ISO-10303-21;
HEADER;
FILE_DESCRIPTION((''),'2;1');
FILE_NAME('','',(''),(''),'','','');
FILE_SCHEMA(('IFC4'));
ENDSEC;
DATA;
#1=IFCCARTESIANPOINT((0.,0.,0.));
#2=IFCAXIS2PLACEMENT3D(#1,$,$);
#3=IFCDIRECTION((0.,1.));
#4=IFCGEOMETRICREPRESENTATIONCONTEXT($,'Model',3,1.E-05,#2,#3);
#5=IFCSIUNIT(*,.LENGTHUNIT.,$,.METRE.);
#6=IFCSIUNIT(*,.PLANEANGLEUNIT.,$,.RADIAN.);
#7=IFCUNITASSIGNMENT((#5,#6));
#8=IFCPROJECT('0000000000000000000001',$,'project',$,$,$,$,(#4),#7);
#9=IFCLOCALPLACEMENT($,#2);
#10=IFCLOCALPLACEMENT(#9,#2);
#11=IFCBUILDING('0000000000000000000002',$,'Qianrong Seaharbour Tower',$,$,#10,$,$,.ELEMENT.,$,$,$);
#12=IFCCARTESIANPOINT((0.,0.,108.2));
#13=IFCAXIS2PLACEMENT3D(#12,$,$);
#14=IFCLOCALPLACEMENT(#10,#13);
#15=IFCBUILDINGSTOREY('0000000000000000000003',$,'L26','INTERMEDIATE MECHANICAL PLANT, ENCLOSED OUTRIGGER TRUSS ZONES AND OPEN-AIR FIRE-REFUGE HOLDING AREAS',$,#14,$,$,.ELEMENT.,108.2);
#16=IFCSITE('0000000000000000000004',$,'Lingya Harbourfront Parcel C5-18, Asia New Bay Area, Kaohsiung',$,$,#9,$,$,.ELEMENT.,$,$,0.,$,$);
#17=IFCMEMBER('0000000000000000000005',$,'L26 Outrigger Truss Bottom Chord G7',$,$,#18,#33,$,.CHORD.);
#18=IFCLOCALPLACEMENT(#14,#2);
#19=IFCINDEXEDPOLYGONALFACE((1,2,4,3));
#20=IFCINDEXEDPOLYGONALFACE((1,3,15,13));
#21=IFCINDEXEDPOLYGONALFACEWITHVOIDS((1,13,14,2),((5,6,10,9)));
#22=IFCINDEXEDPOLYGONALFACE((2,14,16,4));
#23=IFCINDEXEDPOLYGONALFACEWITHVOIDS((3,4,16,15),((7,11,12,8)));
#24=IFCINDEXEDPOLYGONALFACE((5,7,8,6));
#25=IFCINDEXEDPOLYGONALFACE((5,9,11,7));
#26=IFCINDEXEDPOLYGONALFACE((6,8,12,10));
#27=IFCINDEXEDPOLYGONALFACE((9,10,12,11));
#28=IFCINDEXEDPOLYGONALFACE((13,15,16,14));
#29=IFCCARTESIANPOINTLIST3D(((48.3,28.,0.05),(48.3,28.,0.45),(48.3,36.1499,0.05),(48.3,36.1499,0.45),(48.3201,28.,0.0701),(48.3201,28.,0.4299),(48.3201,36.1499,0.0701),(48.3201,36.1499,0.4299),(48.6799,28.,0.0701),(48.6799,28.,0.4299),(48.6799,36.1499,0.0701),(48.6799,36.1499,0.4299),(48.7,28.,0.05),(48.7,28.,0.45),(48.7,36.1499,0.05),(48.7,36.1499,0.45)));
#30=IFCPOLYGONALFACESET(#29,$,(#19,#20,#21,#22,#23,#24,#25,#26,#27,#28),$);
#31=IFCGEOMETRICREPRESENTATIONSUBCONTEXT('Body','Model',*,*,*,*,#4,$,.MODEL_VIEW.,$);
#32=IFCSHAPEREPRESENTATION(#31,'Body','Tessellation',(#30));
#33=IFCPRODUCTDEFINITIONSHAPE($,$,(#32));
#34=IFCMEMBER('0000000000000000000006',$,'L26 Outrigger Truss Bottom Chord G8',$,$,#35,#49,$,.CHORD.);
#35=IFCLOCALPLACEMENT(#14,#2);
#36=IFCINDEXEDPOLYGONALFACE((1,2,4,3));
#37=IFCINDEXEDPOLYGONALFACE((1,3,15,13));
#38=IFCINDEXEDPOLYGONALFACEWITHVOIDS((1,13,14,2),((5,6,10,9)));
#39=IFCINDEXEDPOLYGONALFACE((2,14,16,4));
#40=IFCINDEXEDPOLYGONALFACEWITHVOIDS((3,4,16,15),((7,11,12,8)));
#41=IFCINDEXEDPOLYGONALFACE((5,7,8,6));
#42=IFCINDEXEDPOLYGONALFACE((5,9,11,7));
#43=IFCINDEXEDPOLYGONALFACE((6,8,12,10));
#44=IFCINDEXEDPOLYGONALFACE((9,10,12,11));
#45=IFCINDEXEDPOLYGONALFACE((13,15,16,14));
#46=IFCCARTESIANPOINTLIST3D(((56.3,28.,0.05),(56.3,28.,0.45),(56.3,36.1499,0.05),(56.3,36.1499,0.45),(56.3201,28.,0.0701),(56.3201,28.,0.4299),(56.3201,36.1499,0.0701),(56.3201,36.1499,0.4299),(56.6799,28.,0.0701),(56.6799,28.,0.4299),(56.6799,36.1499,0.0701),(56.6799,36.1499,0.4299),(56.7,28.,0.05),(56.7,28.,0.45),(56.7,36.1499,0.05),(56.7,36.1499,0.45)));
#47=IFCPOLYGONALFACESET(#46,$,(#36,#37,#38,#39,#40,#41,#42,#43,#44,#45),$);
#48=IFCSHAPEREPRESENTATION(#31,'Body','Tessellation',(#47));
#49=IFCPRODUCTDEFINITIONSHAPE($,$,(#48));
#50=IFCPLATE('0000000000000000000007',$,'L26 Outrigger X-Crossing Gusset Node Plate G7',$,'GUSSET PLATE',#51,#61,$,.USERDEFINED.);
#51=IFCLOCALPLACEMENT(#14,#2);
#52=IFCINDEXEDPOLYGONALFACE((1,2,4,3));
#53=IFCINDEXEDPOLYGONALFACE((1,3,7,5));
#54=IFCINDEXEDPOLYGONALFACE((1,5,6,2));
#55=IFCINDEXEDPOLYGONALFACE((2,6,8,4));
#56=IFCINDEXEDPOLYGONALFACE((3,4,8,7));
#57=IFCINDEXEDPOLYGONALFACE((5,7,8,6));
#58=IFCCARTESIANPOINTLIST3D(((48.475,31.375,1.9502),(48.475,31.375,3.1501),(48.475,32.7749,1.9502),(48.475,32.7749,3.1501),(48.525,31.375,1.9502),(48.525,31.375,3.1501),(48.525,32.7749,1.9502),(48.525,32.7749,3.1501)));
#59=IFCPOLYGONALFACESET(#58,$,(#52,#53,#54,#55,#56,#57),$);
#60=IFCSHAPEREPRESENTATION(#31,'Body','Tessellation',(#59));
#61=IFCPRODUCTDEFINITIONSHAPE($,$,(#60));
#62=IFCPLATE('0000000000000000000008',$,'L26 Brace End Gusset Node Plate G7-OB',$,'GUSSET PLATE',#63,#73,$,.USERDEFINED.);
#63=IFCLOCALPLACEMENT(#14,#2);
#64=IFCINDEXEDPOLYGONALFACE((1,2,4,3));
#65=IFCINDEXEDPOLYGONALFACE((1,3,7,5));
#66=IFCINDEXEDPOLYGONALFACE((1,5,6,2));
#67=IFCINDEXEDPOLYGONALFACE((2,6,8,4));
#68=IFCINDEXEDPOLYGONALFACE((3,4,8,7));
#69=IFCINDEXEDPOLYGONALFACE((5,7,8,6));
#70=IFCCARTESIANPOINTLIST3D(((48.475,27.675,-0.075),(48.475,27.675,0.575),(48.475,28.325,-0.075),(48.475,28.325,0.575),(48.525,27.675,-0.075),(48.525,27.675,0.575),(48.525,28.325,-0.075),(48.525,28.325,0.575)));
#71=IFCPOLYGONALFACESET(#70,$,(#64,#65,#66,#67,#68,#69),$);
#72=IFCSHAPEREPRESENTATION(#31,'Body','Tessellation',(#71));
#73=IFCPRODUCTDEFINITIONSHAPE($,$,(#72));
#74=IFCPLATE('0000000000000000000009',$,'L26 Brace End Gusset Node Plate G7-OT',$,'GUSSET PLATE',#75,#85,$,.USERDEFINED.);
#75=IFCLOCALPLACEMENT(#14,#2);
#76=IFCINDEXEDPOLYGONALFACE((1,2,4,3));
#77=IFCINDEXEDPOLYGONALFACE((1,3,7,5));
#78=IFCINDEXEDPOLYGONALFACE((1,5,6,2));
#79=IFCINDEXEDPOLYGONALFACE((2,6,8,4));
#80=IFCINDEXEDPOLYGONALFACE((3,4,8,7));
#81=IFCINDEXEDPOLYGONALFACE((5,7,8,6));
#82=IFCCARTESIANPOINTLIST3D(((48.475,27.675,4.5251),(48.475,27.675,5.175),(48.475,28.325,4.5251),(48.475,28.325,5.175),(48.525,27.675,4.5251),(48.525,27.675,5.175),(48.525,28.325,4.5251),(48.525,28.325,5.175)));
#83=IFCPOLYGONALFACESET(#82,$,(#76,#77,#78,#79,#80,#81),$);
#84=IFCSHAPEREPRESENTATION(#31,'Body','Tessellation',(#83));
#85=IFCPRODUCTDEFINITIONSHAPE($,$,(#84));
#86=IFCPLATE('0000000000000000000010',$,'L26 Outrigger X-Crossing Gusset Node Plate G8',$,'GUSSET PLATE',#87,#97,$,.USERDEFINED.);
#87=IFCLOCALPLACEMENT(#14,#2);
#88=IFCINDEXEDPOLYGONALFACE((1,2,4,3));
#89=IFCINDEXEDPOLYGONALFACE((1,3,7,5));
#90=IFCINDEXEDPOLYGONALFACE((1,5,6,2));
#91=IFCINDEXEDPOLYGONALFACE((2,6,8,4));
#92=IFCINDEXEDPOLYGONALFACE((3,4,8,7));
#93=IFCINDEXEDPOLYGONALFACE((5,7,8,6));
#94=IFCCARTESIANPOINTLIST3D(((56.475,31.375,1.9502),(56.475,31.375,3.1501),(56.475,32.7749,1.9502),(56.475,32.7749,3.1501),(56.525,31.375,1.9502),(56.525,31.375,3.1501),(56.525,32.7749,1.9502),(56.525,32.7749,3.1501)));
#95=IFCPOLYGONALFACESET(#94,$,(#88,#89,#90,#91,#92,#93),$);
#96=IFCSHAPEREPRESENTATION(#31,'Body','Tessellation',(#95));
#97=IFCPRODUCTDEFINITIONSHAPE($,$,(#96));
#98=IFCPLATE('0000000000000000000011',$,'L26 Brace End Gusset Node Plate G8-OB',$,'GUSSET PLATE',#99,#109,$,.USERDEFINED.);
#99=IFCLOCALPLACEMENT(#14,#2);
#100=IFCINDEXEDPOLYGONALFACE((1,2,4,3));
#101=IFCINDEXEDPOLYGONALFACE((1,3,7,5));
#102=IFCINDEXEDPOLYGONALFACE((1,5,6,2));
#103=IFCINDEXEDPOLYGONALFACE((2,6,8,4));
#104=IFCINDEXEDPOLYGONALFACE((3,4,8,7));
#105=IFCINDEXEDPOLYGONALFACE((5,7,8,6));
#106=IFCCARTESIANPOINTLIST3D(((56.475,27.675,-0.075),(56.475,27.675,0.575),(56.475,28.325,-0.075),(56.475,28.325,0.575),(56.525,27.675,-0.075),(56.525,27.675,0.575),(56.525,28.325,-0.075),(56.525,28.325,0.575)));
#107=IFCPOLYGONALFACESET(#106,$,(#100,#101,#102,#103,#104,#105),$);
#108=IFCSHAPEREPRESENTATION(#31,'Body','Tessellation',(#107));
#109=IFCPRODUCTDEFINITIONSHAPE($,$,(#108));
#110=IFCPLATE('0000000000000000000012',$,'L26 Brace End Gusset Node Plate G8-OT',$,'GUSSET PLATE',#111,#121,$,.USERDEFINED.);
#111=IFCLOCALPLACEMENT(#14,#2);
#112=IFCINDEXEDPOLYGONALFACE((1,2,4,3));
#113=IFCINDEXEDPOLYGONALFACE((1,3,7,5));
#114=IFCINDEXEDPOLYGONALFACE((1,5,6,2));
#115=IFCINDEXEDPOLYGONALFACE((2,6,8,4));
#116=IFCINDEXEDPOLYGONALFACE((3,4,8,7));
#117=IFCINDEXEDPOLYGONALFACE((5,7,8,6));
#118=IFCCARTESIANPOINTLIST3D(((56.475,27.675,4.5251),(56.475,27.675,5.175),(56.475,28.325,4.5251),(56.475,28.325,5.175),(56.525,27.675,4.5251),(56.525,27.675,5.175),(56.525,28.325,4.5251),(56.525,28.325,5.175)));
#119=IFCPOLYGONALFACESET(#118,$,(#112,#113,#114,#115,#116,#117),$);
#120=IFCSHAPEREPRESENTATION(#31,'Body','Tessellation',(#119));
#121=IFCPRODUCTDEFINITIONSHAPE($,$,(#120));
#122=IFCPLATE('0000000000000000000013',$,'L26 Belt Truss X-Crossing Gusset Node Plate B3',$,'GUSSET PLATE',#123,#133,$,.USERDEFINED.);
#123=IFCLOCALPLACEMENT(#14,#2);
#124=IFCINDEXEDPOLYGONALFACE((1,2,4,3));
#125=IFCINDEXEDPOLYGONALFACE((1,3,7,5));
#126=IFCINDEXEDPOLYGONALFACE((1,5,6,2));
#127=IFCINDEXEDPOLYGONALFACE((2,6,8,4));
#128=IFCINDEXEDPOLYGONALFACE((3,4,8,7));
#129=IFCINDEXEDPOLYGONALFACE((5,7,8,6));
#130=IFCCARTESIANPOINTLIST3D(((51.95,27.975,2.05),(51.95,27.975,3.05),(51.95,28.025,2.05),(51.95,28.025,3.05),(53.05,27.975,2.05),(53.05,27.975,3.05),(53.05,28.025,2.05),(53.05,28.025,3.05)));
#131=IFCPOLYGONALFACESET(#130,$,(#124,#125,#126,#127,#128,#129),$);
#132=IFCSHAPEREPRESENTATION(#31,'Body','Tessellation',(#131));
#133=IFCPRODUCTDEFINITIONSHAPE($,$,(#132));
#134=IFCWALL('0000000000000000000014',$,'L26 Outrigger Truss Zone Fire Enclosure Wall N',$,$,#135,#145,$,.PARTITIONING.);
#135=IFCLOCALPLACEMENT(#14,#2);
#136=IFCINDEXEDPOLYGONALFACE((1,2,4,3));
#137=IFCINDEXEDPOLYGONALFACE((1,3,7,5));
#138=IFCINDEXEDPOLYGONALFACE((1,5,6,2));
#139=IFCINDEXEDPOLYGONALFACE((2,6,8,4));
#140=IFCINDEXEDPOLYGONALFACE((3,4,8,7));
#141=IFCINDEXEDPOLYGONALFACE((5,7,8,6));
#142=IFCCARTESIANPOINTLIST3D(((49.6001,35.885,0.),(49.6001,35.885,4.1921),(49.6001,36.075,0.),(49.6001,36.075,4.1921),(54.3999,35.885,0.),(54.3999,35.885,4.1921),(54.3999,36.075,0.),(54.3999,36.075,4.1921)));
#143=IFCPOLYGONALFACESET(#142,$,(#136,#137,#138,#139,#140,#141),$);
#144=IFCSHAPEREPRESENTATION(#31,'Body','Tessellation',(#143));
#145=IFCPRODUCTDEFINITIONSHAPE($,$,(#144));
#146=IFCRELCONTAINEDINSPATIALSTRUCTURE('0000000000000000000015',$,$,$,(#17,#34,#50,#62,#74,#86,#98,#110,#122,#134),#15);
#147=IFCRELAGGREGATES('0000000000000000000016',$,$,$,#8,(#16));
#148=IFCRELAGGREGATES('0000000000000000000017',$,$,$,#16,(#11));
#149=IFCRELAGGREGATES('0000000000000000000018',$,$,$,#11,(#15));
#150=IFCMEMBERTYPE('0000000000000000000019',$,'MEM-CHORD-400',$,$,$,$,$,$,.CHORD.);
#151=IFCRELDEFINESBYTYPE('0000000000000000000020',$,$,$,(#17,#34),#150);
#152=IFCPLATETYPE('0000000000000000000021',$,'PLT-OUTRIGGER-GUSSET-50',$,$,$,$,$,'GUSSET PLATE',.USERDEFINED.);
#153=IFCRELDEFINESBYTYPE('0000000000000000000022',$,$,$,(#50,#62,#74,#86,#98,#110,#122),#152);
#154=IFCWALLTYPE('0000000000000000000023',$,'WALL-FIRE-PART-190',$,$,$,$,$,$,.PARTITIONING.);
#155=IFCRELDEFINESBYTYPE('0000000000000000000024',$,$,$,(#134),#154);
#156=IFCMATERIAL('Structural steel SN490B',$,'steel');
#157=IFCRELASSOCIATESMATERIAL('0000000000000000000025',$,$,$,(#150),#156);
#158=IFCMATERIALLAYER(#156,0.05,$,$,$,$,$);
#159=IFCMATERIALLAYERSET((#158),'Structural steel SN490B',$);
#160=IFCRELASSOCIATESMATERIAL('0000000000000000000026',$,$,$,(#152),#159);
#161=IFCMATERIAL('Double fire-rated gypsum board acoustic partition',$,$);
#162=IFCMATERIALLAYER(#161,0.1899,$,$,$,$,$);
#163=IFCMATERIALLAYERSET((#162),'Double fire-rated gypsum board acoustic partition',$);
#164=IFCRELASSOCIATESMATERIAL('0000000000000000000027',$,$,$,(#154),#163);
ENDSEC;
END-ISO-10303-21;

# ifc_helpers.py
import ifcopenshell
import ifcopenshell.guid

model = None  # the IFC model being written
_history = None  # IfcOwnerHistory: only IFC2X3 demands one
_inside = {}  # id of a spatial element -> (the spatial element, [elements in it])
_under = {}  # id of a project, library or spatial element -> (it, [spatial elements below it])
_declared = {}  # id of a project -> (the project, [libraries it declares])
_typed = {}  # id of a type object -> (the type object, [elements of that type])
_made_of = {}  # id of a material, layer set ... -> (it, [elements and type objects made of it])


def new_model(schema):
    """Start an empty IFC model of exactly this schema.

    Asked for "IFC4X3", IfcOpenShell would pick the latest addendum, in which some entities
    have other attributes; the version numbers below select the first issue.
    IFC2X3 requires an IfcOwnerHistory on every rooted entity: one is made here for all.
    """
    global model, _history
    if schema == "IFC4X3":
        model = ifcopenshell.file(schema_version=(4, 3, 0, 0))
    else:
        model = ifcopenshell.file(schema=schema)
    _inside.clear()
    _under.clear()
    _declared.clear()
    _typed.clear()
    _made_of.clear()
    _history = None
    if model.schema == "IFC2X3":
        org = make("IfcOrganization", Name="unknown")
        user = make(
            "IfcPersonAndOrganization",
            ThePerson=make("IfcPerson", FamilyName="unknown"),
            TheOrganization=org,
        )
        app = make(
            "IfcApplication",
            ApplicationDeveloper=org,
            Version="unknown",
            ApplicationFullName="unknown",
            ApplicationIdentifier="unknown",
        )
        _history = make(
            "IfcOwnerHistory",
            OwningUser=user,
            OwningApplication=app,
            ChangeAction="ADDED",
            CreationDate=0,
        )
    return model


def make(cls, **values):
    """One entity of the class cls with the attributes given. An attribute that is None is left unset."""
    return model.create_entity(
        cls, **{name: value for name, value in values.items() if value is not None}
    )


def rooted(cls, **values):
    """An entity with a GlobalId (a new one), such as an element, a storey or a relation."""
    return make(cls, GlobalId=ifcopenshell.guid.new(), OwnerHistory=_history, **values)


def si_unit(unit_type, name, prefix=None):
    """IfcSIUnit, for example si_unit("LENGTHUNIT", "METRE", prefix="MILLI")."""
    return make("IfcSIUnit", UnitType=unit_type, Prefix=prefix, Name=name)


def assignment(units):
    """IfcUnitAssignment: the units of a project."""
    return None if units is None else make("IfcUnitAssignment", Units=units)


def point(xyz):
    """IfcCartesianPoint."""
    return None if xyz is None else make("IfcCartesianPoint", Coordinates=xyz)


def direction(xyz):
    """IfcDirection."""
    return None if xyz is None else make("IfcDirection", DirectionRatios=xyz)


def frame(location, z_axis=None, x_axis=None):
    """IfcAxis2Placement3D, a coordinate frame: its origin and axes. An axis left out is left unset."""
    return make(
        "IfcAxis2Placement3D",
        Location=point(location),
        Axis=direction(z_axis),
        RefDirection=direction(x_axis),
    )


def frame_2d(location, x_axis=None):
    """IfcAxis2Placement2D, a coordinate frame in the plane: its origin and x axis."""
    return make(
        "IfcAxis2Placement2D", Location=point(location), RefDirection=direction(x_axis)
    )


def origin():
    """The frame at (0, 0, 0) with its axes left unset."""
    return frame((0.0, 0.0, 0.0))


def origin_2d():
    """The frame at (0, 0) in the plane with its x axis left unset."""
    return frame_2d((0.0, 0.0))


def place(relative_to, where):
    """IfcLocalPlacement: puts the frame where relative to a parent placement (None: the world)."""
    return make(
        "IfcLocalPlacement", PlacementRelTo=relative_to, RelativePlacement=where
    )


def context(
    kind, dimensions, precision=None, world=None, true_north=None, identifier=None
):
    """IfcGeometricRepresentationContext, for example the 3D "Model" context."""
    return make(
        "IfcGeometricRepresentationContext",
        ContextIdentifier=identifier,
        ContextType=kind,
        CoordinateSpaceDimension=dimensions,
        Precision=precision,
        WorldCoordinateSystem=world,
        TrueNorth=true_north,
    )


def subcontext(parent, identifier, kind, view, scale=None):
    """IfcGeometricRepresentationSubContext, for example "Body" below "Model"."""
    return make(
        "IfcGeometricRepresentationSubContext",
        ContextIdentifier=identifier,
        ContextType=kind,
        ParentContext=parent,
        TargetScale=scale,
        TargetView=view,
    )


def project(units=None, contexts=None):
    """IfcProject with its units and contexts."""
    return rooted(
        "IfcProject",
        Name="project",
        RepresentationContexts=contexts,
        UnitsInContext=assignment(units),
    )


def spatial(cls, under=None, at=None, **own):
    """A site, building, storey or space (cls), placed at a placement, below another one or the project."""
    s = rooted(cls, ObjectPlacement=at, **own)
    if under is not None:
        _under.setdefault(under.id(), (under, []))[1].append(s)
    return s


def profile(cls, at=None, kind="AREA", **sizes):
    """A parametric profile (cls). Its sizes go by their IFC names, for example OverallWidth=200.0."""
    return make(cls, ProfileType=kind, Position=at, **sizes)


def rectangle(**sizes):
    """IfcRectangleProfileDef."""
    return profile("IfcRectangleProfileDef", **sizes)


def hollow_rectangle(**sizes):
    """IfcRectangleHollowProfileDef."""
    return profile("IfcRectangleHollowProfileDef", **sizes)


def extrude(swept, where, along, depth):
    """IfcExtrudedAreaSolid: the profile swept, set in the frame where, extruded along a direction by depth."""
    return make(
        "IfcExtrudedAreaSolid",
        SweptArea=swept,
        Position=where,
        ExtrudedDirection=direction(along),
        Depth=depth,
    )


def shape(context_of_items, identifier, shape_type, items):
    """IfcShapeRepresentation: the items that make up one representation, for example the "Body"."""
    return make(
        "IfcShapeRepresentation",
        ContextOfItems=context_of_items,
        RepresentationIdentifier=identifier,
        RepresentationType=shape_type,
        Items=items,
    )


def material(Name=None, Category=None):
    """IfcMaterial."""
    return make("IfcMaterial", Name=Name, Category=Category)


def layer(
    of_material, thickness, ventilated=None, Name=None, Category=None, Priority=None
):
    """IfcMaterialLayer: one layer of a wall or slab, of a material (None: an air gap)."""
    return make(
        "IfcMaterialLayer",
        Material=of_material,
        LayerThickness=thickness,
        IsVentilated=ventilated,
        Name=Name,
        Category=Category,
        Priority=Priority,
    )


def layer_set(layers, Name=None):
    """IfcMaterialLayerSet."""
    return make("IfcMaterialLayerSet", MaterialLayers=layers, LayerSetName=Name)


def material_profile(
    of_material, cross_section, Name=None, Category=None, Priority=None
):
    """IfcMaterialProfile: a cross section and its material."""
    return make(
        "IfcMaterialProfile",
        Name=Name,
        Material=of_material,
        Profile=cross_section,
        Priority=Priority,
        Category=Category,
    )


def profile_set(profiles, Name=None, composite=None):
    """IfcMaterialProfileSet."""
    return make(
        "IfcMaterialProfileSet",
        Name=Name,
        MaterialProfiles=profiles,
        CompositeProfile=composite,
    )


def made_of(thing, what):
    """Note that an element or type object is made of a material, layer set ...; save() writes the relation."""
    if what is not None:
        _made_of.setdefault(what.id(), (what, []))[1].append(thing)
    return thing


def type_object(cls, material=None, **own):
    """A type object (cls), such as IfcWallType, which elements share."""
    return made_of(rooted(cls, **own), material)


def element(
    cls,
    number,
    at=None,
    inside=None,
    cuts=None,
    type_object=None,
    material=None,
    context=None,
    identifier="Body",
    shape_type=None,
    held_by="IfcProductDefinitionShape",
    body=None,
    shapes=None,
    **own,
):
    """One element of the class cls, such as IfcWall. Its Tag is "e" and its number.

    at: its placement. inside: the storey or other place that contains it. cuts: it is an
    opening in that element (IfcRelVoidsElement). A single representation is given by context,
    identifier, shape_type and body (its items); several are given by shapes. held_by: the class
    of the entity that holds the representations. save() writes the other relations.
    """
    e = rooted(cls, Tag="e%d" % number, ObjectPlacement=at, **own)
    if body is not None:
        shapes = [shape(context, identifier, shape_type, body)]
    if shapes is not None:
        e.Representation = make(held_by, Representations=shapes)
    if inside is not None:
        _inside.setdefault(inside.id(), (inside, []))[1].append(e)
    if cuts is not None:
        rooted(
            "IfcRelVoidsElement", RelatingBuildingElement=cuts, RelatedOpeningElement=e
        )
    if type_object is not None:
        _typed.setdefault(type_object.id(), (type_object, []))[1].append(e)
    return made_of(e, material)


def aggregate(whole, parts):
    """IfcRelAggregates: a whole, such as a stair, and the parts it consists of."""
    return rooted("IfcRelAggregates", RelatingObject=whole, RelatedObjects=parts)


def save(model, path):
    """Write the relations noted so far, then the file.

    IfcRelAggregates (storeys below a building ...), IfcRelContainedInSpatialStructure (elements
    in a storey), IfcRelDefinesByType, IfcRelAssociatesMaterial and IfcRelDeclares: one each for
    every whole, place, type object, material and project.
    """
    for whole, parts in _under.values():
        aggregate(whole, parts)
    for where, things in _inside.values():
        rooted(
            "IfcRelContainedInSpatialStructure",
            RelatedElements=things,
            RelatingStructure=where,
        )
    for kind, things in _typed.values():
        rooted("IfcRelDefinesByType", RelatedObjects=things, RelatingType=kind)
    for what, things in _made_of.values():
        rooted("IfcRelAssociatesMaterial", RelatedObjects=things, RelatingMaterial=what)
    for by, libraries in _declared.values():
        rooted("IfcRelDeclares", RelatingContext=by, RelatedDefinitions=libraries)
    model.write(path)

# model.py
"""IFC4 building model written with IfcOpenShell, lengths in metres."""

from ifc_helpers import new_model, si_unit, direction, frame, frame_2d, origin, origin_2d, place, context, subcontext, project, spatial, rectangle, hollow_rectangle, extrude, material, layer, layer_set, material_profile, profile_set, type_object, element, save


model = new_model("IFC4")

# Units and contexts
model_context = context("Model", 3, precision=1e-05, world=origin(), true_north=direction((0.0, 1.0)))
body_context = subcontext(model_context, "Body", "Model", "MODEL_VIEW")
ifc_project = project(units=[si_unit("LENGTHUNIT", "METRE"), si_unit("PLANEANGLEUNIT", "RADIAN")], contexts=[model_context])

# Site, building, storey
site_placement = place(None, origin())
site = spatial("IfcSite", under=ifc_project, at=site_placement, Name="Lingya Harbourfront Parcel C5-18, Asia New Bay Area, Kaohsiung", CompositionType="ELEMENT", RefElevation=0.0)
building_placement = place(site_placement, origin())
building = spatial("IfcBuilding", under=site, at=building_placement, Name="Qianrong Seaharbour Tower", CompositionType="ELEMENT")
storey_placement = place(building_placement, frame((0.0, 0.0, 108.2)))
storey = spatial("IfcBuildingStorey", under=building, at=storey_placement, Name="L26", Description="INTERMEDIATE MECHANICAL PLANT, ENCLOSED OUTRIGGER TRUSS ZONES AND OPEN-AIR FIRE-REFUGE HOLDING AREAS", CompositionType="ELEMENT", Elevation=108.2)

# Shared definitions
ifc_material_1 = material(Name="Structural steel SN490B", Category="steel")

# Members
ifc_material_profile_1 = material_profile(ifc_material_1, hollow_rectangle(XDim=0.3999, YDim=0.3999, WallThickness=0.02, at=origin_2d()), Name="SHS400x400x20")
ifc_profile_set_1 = profile_set([ifc_material_profile_1], Name="Structural steel SN490B")
member_type_1 = type_object("IfcMemberType", Name="MEM-CHORD-400", PredefinedType="CHORD", material=ifc_profile_set_1)
for number, where, z_axis, x_axis, name in (
    (1, (48.5, 28.0, 0.25), (0.0, 1.0, 0.0), (-1.0, 0.0, 0.0), "L26 Outrigger Truss Bottom Chord G7"),
    (2, (56.5, 28.0, 0.25), (0.0, 1.0, 0.0), (-1.0, 0.0, 0.0), "L26 Outrigger Truss Bottom Chord G8"),
):
    element("IfcMember", number, at=place(storey_placement, frame(where, z_axis=z_axis, x_axis=x_axis)), inside=storey, type_object=member_type_1, Name=name, PredefinedType="CHORD", context=body_context, shape_type="SweptSolid", body=[
        extrude(hollow_rectangle(XDim=0.3999, YDim=0.3999, WallThickness=0.02, at=origin_2d()), origin(), (0.0, 0.0, 1.0), 8.1499),
    ])

# Plates
ifc_layer_1 = layer(ifc_material_1, 0.05)
ifc_layer_set_1 = layer_set([ifc_layer_1], Name="Structural steel SN490B")
plate_type = type_object("IfcPlateType", Name="PLT-OUTRIGGER-GUSSET-50", ElementType="GUSSET PLATE", PredefinedType="USERDEFINED", material=ifc_layer_set_1)
plate_1_placement = place(storey_placement, frame((48.5, 32.075, 1.9502), z_axis=(0.0, 0.0, 1.0), x_axis=(1.0, 0.0, 0.0)))
element("IfcPlate", 3, at=plate_1_placement, inside=storey, type_object=plate_type, Name="L26 Outrigger X-Crossing Gusset Node Plate G7", ObjectType="GUSSET PLATE", PredefinedType="USERDEFINED", context=body_context, shape_type="SweptSolid", body=[
    extrude(rectangle(XDim=0.05, YDim=1.3999, at=origin_2d()), origin(), (0.0, 0.0, 1.0), 1.2),
])
for number, where, z_axis, x_axis, name in (
    (4, (48.5, 28.0, -0.075), (0.0, 0.0, 1.0), (1.0, 0.0, 0.0), "L26 Brace End Gusset Node Plate G7-OB"),
    (5, (48.5, 28.0, 4.5251), (0.0, 0.0, 1.0), (1.0, 0.0, 0.0), "L26 Brace End Gusset Node Plate G7-OT"),
):
    element("IfcPlate", number, at=place(storey_placement, frame(where, z_axis=z_axis, x_axis=x_axis)), inside=storey, type_object=plate_type, Name=name, ObjectType="GUSSET PLATE", PredefinedType="USERDEFINED", context=body_context, shape_type="SweptSolid", body=[
        extrude(rectangle(XDim=0.05, YDim=0.6499, at=origin_2d()), origin(), (0.0, 0.0, 1.0), 0.6499),
    ])
plate_2_placement = place(storey_placement, frame((56.5, 32.075, 1.9502), z_axis=(0.0, 0.0, 1.0), x_axis=(1.0, 0.0, 0.0)))
element("IfcPlate", 6, at=plate_2_placement, inside=storey, type_object=plate_type, Name="L26 Outrigger X-Crossing Gusset Node Plate G8", ObjectType="GUSSET PLATE", PredefinedType="USERDEFINED", context=body_context, shape_type="SweptSolid", body=[
    extrude(rectangle(XDim=0.05, YDim=1.3999, at=origin_2d()), origin(), (0.0, 0.0, 1.0), 1.2),
])
for number, where, z_axis, x_axis, name in (
    (7, (56.5, 28.0, -0.075), (0.0, 0.0, 1.0), (1.0, 0.0, 0.0), "L26 Brace End Gusset Node Plate G8-OB"),
    (8, (56.5, 28.0, 4.5251), (0.0, 0.0, 1.0), (1.0, 0.0, 0.0), "L26 Brace End Gusset Node Plate G8-OT"),
):
    element("IfcPlate", number, at=place(storey_placement, frame(where, z_axis=z_axis, x_axis=x_axis)), inside=storey, type_object=plate_type, Name=name, ObjectType="GUSSET PLATE", PredefinedType="USERDEFINED", context=body_context, shape_type="SweptSolid", body=[
        extrude(rectangle(XDim=0.05, YDim=0.6499, at=origin_2d()), origin(), (0.0, 0.0, 1.0), 0.6499),
    ])
plate_3_placement = place(storey_placement, frame((52.5, 28.0, 2.05), z_axis=(0.0, 0.0, 1.0), x_axis=(1.0, 0.0, 0.0)))
element("IfcPlate", 9, at=plate_3_placement, inside=storey, type_object=plate_type, Name="L26 Belt Truss X-Crossing Gusset Node Plate B3", ObjectType="GUSSET PLATE", PredefinedType="USERDEFINED", context=body_context, shape_type="SweptSolid", body=[
    extrude(rectangle(XDim=1.1001, YDim=0.05, at=origin_2d()), origin(), (0.0, 0.0, 1.0), 1.0),
])

# Wall
ifc_material_2 = material(Name="Double fire-rated gypsum board acoustic partition")
ifc_layer_2 = layer(ifc_material_2, 0.1899)
ifc_layer_set_2 = layer_set([ifc_layer_2], Name="Double fire-rated gypsum board acoustic partition")
wall_type = type_object("IfcWallType", Name="WALL-FIRE-PART-190", PredefinedType="PARTITIONING", material=ifc_layer_set_2)
wall_placement = place(storey_placement, frame((49.6001, 35.98, 0.0), z_axis=(0.0, 0.0, 1.0), x_axis=(1.0, 0.0, 0.0)))
element("IfcWall", 10, at=wall_placement, inside=storey, type_object=wall_type, Name="L26 Outrigger Truss Zone Fire Enclosure Wall N", PredefinedType="PARTITIONING", context=body_context, shape_type="SweptSolid", body=[
    extrude(rectangle(XDim=4.7998, YDim=0.1899, at=frame_2d((2.3999, 0.0))), origin(), (0.0, 0.0, 1.0), 4.1921),
])

save(model, "model.ifc")
